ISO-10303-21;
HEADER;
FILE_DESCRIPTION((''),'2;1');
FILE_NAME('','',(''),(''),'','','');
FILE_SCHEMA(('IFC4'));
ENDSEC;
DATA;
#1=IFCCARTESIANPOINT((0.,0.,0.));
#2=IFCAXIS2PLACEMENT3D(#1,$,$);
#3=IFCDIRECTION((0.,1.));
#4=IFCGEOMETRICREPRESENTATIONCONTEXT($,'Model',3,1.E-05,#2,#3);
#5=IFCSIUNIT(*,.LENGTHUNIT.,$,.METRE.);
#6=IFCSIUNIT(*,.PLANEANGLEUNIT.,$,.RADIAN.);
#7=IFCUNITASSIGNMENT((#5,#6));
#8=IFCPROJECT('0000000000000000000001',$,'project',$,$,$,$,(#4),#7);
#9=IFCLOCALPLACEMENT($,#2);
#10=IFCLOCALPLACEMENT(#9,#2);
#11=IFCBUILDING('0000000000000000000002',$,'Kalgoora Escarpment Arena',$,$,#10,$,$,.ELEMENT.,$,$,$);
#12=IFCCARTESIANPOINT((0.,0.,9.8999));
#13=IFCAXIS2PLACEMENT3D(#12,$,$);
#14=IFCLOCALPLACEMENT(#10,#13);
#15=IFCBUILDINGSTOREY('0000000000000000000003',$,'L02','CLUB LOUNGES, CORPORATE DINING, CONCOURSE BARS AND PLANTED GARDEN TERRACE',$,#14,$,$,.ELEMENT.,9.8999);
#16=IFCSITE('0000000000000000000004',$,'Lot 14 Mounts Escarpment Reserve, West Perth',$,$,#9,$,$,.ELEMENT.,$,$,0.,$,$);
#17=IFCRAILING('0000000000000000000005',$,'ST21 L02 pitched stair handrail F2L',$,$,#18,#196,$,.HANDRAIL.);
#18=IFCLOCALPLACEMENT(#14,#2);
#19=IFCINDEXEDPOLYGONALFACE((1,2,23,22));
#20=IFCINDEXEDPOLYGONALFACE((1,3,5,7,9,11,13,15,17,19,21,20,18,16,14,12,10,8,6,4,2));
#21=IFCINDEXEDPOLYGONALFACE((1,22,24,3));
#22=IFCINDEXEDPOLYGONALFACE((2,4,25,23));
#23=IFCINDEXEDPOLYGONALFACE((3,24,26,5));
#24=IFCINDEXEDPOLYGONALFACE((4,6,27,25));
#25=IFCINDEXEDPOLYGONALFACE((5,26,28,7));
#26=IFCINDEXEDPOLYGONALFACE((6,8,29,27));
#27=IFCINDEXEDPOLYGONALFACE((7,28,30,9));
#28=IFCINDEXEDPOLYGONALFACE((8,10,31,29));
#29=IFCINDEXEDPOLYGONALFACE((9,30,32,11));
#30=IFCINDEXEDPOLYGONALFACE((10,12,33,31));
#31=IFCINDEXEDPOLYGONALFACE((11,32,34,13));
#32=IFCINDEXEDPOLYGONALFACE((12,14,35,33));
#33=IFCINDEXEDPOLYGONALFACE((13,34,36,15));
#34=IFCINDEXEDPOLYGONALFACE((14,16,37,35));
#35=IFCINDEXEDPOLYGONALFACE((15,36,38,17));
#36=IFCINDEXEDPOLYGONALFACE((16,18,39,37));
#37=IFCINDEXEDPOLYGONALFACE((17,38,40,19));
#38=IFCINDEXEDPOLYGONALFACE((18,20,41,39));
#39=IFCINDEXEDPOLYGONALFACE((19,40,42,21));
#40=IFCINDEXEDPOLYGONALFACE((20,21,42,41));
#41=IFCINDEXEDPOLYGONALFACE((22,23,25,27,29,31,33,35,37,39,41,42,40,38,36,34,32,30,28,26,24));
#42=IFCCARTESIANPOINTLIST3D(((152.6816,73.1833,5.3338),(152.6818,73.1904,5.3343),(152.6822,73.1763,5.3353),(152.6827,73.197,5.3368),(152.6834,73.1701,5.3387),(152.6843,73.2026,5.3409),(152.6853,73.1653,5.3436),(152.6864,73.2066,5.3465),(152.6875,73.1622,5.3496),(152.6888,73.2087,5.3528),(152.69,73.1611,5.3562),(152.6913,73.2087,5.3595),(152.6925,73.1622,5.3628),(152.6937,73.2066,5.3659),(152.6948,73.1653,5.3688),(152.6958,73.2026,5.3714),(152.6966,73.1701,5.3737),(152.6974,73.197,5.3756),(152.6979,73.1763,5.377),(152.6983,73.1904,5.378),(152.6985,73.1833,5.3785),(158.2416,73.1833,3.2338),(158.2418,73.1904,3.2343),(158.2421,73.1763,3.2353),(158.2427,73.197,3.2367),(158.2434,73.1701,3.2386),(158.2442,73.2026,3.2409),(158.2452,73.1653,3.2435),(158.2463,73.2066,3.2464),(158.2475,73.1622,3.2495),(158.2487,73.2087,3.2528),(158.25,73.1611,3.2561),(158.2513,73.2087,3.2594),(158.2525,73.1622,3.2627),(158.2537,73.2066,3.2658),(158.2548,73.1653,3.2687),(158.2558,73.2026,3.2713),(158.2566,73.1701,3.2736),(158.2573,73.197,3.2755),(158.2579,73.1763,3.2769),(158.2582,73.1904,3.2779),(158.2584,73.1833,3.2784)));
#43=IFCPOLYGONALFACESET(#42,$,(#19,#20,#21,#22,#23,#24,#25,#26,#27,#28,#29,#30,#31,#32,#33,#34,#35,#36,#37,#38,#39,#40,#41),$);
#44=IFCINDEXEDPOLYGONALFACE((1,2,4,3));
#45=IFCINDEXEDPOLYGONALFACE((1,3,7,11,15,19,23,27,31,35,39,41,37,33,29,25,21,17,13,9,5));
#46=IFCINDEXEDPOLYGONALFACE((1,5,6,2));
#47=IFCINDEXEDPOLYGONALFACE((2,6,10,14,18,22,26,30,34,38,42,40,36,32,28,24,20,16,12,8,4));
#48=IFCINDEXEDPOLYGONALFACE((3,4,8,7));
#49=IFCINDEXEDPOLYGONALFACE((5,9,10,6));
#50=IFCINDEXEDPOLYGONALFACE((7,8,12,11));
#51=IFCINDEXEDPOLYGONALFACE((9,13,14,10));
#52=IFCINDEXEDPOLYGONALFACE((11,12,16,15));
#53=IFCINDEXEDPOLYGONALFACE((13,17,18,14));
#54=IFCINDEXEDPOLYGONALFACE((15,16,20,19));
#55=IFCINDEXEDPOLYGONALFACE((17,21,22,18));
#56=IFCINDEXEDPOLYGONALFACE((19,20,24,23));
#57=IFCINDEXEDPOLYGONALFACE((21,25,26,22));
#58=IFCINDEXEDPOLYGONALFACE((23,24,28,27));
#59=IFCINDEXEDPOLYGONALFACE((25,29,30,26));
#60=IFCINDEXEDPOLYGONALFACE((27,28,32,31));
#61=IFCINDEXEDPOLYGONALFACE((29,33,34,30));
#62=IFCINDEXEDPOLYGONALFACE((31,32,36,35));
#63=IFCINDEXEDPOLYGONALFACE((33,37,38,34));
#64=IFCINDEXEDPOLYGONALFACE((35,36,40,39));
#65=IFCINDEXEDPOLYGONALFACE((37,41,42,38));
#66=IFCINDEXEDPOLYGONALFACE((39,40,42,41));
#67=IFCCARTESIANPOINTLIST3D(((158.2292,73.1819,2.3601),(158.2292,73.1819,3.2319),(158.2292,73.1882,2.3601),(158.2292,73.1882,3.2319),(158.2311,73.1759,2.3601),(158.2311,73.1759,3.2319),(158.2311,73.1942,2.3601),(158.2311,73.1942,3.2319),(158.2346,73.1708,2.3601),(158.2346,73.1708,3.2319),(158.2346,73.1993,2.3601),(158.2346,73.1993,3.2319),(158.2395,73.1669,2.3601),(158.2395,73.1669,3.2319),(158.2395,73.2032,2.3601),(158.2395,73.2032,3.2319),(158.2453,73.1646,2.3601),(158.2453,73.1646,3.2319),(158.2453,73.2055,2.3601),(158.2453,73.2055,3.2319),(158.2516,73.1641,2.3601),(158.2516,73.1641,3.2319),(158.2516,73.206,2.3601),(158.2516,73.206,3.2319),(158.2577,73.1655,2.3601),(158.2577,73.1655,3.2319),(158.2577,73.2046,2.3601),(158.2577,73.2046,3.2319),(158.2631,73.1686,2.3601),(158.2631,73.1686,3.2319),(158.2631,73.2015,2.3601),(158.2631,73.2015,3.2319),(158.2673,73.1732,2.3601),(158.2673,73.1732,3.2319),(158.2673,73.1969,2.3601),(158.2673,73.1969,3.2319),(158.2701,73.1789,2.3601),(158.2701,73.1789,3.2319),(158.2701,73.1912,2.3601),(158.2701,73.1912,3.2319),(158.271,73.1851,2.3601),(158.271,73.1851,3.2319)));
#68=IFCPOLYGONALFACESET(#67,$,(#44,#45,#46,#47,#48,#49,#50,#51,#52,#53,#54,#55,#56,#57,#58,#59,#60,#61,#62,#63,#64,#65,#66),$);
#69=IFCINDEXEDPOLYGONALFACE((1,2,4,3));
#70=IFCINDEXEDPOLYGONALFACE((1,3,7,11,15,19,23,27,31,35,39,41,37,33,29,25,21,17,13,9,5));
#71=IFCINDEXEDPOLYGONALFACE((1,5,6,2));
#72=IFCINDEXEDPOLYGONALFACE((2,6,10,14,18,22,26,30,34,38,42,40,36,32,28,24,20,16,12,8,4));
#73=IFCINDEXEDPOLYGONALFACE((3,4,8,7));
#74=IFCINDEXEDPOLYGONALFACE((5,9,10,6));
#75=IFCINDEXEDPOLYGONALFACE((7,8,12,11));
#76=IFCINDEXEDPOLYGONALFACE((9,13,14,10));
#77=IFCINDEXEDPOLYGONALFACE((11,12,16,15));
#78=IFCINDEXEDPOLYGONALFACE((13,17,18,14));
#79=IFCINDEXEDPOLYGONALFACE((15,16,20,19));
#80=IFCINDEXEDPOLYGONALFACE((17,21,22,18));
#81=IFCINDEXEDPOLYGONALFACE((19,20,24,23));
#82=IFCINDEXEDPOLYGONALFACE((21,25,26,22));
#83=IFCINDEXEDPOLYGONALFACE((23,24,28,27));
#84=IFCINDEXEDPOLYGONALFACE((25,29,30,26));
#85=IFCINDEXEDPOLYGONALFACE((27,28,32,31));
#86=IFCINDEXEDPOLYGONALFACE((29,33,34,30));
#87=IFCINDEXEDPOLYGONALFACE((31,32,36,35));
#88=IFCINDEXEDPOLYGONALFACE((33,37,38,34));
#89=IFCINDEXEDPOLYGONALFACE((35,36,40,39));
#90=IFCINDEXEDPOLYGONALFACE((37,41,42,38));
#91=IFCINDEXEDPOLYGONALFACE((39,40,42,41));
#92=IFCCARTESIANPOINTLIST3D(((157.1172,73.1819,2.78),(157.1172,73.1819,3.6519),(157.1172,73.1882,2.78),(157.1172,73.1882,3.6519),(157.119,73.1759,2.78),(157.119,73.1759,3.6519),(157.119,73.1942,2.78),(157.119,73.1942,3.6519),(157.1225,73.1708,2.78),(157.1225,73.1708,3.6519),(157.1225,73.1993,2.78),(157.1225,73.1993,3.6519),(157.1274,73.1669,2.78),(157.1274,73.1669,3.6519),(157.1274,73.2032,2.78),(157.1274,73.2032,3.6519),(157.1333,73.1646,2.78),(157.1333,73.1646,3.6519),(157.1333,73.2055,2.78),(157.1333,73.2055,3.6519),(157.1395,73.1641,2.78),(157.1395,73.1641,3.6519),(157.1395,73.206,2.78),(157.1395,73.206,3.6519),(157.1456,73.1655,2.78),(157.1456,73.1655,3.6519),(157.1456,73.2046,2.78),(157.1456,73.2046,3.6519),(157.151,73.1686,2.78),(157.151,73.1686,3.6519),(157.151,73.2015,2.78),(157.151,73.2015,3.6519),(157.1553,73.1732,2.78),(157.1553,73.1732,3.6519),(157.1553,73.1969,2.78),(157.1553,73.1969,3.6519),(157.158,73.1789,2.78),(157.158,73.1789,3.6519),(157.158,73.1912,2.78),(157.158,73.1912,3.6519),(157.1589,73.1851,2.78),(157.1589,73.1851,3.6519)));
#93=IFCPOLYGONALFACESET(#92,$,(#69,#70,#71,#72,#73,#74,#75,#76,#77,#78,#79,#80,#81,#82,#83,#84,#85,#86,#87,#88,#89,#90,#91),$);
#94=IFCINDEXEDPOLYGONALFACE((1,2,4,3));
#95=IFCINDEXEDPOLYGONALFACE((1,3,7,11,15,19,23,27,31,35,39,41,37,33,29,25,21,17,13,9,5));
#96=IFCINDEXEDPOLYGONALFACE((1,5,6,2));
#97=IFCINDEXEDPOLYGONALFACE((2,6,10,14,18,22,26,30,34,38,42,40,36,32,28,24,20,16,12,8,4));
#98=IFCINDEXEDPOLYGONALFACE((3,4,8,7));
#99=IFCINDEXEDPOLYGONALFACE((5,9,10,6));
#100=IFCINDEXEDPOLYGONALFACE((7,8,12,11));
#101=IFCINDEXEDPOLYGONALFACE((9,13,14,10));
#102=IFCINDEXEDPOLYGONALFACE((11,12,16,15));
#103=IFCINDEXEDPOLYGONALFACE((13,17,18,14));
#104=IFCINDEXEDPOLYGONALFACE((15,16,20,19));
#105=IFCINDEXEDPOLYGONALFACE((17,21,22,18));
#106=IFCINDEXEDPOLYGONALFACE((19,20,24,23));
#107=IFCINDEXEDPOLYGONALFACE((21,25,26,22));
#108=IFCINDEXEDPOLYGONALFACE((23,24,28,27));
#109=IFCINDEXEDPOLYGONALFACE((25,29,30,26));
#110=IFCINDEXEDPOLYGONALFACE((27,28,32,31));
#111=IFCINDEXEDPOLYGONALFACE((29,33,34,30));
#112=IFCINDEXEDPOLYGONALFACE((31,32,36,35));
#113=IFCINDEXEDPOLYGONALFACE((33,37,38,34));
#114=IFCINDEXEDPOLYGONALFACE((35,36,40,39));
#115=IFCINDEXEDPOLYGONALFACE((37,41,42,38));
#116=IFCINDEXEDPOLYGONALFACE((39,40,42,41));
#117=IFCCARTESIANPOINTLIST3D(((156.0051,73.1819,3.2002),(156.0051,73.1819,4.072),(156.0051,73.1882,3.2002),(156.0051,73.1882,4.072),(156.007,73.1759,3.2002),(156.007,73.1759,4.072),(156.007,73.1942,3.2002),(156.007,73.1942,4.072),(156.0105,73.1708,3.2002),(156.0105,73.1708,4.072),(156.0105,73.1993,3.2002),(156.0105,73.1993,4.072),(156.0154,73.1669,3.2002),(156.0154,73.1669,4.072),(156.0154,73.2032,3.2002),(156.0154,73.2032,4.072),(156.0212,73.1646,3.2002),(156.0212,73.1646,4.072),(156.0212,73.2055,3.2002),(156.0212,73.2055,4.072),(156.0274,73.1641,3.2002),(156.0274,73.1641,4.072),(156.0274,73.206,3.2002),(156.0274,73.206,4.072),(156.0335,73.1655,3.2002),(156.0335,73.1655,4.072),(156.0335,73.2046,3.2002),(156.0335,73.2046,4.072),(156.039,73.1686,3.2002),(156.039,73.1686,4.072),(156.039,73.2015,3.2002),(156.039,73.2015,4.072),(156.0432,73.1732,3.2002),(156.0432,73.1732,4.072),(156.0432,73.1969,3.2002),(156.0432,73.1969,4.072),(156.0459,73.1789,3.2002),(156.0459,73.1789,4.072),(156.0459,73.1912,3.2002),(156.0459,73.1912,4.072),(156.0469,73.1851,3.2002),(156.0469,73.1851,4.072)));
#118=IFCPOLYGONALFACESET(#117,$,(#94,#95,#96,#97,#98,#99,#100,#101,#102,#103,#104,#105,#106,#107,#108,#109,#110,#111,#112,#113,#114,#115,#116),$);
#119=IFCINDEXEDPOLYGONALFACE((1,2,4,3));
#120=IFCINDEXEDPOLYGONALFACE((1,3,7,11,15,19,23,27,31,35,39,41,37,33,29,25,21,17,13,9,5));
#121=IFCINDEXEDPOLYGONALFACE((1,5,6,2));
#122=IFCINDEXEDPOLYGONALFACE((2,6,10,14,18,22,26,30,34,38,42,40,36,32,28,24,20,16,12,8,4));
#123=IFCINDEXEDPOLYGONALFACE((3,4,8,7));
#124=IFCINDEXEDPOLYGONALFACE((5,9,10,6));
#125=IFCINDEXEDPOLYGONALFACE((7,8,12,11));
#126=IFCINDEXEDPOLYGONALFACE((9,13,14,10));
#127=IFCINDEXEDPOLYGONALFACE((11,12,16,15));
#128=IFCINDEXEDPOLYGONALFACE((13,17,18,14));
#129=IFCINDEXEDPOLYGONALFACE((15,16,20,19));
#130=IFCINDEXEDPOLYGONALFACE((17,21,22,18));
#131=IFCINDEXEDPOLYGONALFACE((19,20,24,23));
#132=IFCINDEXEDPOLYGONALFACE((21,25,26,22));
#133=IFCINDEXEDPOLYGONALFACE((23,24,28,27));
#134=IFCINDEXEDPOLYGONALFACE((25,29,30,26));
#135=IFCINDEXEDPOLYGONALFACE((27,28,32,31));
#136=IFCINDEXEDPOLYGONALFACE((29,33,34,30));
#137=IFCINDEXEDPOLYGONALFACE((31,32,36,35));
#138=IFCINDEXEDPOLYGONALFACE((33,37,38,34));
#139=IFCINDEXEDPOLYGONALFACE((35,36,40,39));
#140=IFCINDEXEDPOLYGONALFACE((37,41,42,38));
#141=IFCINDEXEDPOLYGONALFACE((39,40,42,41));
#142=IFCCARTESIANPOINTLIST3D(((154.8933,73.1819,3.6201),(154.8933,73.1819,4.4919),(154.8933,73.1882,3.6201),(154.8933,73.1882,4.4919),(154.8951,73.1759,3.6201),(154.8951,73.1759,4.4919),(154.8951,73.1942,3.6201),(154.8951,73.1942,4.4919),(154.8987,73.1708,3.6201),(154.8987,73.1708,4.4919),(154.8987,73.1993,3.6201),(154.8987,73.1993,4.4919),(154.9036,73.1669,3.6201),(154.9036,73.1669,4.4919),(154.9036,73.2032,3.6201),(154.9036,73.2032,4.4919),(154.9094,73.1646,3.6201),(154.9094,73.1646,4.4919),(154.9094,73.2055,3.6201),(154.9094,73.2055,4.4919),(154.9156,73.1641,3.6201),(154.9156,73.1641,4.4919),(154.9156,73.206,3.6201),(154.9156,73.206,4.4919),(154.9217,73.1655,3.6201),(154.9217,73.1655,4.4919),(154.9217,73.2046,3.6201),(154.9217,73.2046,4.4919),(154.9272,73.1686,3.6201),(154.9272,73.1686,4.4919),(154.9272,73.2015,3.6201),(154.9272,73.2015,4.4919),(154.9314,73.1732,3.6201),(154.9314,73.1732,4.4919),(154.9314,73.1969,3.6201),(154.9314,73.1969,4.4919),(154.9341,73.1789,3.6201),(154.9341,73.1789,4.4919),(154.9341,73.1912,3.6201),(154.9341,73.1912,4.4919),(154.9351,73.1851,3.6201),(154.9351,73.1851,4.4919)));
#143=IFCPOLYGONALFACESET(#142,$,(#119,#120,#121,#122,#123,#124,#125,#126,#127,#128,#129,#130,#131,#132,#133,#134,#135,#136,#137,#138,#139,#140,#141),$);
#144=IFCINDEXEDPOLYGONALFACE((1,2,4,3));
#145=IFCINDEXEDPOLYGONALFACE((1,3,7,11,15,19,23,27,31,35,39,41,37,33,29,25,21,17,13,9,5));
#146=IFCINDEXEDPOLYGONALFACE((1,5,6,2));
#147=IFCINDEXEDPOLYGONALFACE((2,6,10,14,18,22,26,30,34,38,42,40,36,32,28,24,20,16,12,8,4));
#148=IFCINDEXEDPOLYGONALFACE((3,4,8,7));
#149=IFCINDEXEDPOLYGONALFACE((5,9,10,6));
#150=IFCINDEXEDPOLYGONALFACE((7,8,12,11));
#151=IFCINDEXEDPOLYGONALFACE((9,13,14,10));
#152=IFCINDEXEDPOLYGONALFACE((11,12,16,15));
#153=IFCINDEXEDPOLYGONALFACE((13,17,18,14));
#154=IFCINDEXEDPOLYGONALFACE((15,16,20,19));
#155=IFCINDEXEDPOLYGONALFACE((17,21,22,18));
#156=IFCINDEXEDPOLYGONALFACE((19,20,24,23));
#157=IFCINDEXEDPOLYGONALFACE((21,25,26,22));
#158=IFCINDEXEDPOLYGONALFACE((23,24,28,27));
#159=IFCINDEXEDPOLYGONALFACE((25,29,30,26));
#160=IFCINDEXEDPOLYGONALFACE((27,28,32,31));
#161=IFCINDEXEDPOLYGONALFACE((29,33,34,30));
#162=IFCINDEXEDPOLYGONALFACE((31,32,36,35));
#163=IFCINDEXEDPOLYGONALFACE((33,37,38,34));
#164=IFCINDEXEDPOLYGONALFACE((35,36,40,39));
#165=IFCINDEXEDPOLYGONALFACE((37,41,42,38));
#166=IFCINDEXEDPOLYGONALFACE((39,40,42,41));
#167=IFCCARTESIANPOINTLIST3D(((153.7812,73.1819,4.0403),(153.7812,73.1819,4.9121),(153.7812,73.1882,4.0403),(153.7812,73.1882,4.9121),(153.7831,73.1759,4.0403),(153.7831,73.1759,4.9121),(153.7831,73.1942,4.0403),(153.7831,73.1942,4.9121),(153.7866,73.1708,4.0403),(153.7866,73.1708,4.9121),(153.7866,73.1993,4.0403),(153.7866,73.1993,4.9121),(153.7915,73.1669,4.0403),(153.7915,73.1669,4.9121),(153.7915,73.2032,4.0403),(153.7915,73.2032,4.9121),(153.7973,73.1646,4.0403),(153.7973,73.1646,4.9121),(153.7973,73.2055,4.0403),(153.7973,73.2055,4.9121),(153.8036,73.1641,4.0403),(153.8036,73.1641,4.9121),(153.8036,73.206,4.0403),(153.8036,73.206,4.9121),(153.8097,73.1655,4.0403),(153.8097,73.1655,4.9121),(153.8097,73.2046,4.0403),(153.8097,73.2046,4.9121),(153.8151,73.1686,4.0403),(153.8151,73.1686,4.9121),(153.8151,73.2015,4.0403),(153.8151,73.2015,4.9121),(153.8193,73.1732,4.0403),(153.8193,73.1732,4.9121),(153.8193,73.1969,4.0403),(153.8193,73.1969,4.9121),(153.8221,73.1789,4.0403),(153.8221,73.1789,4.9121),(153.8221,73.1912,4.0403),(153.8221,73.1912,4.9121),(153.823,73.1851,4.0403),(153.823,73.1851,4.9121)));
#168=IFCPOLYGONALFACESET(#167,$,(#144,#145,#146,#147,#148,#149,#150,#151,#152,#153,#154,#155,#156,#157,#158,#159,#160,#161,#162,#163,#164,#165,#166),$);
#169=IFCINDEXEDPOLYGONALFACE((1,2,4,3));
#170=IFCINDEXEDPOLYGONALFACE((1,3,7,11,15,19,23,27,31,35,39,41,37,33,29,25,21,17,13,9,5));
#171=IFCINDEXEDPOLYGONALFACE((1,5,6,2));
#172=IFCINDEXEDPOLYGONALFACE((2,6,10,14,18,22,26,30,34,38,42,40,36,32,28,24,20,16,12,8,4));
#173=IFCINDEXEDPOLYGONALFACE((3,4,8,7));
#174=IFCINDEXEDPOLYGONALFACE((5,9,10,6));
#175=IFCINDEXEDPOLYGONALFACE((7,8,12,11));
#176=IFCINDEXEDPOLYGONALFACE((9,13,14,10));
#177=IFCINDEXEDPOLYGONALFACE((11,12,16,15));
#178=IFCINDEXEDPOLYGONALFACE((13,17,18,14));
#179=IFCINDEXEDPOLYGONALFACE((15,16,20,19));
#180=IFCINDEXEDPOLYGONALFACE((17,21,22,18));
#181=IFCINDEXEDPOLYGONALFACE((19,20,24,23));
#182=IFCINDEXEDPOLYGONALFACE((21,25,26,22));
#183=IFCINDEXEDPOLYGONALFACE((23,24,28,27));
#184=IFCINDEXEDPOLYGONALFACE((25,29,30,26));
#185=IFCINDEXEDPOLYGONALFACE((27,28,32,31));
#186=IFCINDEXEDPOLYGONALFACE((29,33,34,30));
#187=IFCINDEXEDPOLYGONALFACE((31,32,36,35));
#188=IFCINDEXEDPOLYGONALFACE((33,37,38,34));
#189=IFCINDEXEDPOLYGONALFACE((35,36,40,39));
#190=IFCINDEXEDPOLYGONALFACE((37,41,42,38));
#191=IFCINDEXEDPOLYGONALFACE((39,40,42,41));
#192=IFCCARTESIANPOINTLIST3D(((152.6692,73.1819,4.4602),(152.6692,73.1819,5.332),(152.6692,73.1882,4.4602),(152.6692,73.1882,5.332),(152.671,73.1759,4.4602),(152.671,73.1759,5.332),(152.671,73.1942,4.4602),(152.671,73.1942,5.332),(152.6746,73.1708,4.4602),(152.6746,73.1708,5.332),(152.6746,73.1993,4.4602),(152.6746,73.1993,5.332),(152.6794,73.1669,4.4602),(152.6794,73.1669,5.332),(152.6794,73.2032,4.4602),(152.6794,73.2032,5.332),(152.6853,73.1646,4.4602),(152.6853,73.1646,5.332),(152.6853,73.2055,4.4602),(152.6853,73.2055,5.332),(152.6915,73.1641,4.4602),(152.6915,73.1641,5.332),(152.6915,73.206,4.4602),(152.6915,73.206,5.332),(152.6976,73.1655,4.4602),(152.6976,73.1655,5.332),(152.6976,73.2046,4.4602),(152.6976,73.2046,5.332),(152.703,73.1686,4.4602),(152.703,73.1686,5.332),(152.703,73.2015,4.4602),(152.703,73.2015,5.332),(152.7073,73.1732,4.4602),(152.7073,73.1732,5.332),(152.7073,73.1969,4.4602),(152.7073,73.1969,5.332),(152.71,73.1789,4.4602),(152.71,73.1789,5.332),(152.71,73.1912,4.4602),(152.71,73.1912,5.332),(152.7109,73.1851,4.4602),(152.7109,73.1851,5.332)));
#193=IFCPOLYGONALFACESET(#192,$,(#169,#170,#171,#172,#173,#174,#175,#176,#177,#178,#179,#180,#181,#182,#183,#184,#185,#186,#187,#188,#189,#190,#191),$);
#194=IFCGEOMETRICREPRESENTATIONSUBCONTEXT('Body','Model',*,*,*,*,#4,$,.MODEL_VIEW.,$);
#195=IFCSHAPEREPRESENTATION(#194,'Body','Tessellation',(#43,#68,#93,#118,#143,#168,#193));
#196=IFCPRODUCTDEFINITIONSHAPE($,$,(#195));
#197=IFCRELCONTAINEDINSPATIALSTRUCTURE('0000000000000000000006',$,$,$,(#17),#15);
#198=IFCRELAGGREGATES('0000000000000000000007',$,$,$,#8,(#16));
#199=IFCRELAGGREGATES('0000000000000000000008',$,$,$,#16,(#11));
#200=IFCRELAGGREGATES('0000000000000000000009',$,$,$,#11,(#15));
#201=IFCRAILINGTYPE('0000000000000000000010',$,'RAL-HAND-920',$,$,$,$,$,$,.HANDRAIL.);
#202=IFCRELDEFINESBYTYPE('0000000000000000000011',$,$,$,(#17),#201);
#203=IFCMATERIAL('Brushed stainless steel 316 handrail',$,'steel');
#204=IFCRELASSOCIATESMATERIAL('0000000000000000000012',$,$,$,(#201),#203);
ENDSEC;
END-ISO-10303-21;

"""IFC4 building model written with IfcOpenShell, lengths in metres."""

from ifc_helpers import new_model, si_unit, direction, frame, origin, origin_2d, place, context, subcontext, project, spatial, circle, extrude, material, type_object, element, save


model = new_model("IFC4")

# Units and contexts
model_context = context("Model", 3, precision=1e-05, world=origin(), true_north=direction((0.0, 1.0)))
body_context = subcontext(model_context, "Body", "Model", "MODEL_VIEW")
ifc_project = project(units=[si_unit("LENGTHUNIT", "METRE"), si_unit("PLANEANGLEUNIT", "RADIAN")], contexts=[model_context])

# Site, building, storey
site_placement = place(None, origin())
site = spatial("IfcSite", under=ifc_project, at=site_placement, Name="Lot 14 Mounts Escarpment Reserve, West Perth", CompositionType="ELEMENT", RefElevation=0.0)
building_placement = place(site_placement, origin())
building = spatial("IfcBuilding", under=site, at=building_placement, Name="Kalgoora Escarpment Arena", CompositionType="ELEMENT")
storey_placement = place(building_placement, frame((0.0, 0.0, 9.8999)))
storey = spatial("IfcBuildingStorey", under=building, at=storey_placement, Name="L02", Description="CLUB LOUNGES, CORPORATE DINING, CONCOURSE BARS AND PLANTED GARDEN TERRACE", CompositionType="ELEMENT", Elevation=9.8999)

# Railing
ifc_material_1 = material(Name="Brushed stainless steel 316 handrail", Category="steel")
railing_type_1 = type_object("IfcRailingType", Name="RAL-HAND-920", PredefinedType="HANDRAIL", material=ifc_material_1)
for number, where, name in (
    (1, (158.25, 73.1851, 2.3601), "ST21 L02 pitched stair handrail F2L"),
):
    element("IfcRailing", number, at=place(storey_placement, frame(where)), inside=storey, type_object=railing_type_1, Name=name, PredefinedType="HANDRAIL", context=body_context, shape_type="SweptSolid", body=[
        extrude(circle(Radius=0.0239, at=origin_2d()), frame((0.0, 0.0, 0.896), z_axis=(-0.935493, 0.0, 0.353346), x_axis=(0.0, -1.0, 0.0)), (0.0, 0.0, 1.0), 5.9434),
        extrude(circle(Radius=0.021, at=origin_2d()), origin(), (0.0, 0.0, 1.0), 0.8718),
        extrude(circle(Radius=0.021, at=origin_2d()), frame((-1.1121, 0.0, 0.4199)), (0.0, 0.0, 1.0), 0.8718),
        extrude(circle(Radius=0.021, at=origin_2d()), frame((-2.2241, 0.0, 0.8401)), (0.0, 0.0, 1.0), 0.8718),
        extrude(circle(Radius=0.021, at=origin_2d()), frame((-3.3359, 0.0, 1.26)), (0.0, 0.0, 1.0), 0.8718),
        extrude(circle(Radius=0.021, at=origin_2d()), frame((-4.448, 0.0, 1.6802)), (0.0, 0.0, 1.0), 0.8718),
        extrude(circle(Radius=0.021, at=origin_2d()), frame((-5.5601, 0.0, 2.1001)), (0.0, 0.0, 1.0), 0.8718),
    ])

save(model, "model.ifc")
